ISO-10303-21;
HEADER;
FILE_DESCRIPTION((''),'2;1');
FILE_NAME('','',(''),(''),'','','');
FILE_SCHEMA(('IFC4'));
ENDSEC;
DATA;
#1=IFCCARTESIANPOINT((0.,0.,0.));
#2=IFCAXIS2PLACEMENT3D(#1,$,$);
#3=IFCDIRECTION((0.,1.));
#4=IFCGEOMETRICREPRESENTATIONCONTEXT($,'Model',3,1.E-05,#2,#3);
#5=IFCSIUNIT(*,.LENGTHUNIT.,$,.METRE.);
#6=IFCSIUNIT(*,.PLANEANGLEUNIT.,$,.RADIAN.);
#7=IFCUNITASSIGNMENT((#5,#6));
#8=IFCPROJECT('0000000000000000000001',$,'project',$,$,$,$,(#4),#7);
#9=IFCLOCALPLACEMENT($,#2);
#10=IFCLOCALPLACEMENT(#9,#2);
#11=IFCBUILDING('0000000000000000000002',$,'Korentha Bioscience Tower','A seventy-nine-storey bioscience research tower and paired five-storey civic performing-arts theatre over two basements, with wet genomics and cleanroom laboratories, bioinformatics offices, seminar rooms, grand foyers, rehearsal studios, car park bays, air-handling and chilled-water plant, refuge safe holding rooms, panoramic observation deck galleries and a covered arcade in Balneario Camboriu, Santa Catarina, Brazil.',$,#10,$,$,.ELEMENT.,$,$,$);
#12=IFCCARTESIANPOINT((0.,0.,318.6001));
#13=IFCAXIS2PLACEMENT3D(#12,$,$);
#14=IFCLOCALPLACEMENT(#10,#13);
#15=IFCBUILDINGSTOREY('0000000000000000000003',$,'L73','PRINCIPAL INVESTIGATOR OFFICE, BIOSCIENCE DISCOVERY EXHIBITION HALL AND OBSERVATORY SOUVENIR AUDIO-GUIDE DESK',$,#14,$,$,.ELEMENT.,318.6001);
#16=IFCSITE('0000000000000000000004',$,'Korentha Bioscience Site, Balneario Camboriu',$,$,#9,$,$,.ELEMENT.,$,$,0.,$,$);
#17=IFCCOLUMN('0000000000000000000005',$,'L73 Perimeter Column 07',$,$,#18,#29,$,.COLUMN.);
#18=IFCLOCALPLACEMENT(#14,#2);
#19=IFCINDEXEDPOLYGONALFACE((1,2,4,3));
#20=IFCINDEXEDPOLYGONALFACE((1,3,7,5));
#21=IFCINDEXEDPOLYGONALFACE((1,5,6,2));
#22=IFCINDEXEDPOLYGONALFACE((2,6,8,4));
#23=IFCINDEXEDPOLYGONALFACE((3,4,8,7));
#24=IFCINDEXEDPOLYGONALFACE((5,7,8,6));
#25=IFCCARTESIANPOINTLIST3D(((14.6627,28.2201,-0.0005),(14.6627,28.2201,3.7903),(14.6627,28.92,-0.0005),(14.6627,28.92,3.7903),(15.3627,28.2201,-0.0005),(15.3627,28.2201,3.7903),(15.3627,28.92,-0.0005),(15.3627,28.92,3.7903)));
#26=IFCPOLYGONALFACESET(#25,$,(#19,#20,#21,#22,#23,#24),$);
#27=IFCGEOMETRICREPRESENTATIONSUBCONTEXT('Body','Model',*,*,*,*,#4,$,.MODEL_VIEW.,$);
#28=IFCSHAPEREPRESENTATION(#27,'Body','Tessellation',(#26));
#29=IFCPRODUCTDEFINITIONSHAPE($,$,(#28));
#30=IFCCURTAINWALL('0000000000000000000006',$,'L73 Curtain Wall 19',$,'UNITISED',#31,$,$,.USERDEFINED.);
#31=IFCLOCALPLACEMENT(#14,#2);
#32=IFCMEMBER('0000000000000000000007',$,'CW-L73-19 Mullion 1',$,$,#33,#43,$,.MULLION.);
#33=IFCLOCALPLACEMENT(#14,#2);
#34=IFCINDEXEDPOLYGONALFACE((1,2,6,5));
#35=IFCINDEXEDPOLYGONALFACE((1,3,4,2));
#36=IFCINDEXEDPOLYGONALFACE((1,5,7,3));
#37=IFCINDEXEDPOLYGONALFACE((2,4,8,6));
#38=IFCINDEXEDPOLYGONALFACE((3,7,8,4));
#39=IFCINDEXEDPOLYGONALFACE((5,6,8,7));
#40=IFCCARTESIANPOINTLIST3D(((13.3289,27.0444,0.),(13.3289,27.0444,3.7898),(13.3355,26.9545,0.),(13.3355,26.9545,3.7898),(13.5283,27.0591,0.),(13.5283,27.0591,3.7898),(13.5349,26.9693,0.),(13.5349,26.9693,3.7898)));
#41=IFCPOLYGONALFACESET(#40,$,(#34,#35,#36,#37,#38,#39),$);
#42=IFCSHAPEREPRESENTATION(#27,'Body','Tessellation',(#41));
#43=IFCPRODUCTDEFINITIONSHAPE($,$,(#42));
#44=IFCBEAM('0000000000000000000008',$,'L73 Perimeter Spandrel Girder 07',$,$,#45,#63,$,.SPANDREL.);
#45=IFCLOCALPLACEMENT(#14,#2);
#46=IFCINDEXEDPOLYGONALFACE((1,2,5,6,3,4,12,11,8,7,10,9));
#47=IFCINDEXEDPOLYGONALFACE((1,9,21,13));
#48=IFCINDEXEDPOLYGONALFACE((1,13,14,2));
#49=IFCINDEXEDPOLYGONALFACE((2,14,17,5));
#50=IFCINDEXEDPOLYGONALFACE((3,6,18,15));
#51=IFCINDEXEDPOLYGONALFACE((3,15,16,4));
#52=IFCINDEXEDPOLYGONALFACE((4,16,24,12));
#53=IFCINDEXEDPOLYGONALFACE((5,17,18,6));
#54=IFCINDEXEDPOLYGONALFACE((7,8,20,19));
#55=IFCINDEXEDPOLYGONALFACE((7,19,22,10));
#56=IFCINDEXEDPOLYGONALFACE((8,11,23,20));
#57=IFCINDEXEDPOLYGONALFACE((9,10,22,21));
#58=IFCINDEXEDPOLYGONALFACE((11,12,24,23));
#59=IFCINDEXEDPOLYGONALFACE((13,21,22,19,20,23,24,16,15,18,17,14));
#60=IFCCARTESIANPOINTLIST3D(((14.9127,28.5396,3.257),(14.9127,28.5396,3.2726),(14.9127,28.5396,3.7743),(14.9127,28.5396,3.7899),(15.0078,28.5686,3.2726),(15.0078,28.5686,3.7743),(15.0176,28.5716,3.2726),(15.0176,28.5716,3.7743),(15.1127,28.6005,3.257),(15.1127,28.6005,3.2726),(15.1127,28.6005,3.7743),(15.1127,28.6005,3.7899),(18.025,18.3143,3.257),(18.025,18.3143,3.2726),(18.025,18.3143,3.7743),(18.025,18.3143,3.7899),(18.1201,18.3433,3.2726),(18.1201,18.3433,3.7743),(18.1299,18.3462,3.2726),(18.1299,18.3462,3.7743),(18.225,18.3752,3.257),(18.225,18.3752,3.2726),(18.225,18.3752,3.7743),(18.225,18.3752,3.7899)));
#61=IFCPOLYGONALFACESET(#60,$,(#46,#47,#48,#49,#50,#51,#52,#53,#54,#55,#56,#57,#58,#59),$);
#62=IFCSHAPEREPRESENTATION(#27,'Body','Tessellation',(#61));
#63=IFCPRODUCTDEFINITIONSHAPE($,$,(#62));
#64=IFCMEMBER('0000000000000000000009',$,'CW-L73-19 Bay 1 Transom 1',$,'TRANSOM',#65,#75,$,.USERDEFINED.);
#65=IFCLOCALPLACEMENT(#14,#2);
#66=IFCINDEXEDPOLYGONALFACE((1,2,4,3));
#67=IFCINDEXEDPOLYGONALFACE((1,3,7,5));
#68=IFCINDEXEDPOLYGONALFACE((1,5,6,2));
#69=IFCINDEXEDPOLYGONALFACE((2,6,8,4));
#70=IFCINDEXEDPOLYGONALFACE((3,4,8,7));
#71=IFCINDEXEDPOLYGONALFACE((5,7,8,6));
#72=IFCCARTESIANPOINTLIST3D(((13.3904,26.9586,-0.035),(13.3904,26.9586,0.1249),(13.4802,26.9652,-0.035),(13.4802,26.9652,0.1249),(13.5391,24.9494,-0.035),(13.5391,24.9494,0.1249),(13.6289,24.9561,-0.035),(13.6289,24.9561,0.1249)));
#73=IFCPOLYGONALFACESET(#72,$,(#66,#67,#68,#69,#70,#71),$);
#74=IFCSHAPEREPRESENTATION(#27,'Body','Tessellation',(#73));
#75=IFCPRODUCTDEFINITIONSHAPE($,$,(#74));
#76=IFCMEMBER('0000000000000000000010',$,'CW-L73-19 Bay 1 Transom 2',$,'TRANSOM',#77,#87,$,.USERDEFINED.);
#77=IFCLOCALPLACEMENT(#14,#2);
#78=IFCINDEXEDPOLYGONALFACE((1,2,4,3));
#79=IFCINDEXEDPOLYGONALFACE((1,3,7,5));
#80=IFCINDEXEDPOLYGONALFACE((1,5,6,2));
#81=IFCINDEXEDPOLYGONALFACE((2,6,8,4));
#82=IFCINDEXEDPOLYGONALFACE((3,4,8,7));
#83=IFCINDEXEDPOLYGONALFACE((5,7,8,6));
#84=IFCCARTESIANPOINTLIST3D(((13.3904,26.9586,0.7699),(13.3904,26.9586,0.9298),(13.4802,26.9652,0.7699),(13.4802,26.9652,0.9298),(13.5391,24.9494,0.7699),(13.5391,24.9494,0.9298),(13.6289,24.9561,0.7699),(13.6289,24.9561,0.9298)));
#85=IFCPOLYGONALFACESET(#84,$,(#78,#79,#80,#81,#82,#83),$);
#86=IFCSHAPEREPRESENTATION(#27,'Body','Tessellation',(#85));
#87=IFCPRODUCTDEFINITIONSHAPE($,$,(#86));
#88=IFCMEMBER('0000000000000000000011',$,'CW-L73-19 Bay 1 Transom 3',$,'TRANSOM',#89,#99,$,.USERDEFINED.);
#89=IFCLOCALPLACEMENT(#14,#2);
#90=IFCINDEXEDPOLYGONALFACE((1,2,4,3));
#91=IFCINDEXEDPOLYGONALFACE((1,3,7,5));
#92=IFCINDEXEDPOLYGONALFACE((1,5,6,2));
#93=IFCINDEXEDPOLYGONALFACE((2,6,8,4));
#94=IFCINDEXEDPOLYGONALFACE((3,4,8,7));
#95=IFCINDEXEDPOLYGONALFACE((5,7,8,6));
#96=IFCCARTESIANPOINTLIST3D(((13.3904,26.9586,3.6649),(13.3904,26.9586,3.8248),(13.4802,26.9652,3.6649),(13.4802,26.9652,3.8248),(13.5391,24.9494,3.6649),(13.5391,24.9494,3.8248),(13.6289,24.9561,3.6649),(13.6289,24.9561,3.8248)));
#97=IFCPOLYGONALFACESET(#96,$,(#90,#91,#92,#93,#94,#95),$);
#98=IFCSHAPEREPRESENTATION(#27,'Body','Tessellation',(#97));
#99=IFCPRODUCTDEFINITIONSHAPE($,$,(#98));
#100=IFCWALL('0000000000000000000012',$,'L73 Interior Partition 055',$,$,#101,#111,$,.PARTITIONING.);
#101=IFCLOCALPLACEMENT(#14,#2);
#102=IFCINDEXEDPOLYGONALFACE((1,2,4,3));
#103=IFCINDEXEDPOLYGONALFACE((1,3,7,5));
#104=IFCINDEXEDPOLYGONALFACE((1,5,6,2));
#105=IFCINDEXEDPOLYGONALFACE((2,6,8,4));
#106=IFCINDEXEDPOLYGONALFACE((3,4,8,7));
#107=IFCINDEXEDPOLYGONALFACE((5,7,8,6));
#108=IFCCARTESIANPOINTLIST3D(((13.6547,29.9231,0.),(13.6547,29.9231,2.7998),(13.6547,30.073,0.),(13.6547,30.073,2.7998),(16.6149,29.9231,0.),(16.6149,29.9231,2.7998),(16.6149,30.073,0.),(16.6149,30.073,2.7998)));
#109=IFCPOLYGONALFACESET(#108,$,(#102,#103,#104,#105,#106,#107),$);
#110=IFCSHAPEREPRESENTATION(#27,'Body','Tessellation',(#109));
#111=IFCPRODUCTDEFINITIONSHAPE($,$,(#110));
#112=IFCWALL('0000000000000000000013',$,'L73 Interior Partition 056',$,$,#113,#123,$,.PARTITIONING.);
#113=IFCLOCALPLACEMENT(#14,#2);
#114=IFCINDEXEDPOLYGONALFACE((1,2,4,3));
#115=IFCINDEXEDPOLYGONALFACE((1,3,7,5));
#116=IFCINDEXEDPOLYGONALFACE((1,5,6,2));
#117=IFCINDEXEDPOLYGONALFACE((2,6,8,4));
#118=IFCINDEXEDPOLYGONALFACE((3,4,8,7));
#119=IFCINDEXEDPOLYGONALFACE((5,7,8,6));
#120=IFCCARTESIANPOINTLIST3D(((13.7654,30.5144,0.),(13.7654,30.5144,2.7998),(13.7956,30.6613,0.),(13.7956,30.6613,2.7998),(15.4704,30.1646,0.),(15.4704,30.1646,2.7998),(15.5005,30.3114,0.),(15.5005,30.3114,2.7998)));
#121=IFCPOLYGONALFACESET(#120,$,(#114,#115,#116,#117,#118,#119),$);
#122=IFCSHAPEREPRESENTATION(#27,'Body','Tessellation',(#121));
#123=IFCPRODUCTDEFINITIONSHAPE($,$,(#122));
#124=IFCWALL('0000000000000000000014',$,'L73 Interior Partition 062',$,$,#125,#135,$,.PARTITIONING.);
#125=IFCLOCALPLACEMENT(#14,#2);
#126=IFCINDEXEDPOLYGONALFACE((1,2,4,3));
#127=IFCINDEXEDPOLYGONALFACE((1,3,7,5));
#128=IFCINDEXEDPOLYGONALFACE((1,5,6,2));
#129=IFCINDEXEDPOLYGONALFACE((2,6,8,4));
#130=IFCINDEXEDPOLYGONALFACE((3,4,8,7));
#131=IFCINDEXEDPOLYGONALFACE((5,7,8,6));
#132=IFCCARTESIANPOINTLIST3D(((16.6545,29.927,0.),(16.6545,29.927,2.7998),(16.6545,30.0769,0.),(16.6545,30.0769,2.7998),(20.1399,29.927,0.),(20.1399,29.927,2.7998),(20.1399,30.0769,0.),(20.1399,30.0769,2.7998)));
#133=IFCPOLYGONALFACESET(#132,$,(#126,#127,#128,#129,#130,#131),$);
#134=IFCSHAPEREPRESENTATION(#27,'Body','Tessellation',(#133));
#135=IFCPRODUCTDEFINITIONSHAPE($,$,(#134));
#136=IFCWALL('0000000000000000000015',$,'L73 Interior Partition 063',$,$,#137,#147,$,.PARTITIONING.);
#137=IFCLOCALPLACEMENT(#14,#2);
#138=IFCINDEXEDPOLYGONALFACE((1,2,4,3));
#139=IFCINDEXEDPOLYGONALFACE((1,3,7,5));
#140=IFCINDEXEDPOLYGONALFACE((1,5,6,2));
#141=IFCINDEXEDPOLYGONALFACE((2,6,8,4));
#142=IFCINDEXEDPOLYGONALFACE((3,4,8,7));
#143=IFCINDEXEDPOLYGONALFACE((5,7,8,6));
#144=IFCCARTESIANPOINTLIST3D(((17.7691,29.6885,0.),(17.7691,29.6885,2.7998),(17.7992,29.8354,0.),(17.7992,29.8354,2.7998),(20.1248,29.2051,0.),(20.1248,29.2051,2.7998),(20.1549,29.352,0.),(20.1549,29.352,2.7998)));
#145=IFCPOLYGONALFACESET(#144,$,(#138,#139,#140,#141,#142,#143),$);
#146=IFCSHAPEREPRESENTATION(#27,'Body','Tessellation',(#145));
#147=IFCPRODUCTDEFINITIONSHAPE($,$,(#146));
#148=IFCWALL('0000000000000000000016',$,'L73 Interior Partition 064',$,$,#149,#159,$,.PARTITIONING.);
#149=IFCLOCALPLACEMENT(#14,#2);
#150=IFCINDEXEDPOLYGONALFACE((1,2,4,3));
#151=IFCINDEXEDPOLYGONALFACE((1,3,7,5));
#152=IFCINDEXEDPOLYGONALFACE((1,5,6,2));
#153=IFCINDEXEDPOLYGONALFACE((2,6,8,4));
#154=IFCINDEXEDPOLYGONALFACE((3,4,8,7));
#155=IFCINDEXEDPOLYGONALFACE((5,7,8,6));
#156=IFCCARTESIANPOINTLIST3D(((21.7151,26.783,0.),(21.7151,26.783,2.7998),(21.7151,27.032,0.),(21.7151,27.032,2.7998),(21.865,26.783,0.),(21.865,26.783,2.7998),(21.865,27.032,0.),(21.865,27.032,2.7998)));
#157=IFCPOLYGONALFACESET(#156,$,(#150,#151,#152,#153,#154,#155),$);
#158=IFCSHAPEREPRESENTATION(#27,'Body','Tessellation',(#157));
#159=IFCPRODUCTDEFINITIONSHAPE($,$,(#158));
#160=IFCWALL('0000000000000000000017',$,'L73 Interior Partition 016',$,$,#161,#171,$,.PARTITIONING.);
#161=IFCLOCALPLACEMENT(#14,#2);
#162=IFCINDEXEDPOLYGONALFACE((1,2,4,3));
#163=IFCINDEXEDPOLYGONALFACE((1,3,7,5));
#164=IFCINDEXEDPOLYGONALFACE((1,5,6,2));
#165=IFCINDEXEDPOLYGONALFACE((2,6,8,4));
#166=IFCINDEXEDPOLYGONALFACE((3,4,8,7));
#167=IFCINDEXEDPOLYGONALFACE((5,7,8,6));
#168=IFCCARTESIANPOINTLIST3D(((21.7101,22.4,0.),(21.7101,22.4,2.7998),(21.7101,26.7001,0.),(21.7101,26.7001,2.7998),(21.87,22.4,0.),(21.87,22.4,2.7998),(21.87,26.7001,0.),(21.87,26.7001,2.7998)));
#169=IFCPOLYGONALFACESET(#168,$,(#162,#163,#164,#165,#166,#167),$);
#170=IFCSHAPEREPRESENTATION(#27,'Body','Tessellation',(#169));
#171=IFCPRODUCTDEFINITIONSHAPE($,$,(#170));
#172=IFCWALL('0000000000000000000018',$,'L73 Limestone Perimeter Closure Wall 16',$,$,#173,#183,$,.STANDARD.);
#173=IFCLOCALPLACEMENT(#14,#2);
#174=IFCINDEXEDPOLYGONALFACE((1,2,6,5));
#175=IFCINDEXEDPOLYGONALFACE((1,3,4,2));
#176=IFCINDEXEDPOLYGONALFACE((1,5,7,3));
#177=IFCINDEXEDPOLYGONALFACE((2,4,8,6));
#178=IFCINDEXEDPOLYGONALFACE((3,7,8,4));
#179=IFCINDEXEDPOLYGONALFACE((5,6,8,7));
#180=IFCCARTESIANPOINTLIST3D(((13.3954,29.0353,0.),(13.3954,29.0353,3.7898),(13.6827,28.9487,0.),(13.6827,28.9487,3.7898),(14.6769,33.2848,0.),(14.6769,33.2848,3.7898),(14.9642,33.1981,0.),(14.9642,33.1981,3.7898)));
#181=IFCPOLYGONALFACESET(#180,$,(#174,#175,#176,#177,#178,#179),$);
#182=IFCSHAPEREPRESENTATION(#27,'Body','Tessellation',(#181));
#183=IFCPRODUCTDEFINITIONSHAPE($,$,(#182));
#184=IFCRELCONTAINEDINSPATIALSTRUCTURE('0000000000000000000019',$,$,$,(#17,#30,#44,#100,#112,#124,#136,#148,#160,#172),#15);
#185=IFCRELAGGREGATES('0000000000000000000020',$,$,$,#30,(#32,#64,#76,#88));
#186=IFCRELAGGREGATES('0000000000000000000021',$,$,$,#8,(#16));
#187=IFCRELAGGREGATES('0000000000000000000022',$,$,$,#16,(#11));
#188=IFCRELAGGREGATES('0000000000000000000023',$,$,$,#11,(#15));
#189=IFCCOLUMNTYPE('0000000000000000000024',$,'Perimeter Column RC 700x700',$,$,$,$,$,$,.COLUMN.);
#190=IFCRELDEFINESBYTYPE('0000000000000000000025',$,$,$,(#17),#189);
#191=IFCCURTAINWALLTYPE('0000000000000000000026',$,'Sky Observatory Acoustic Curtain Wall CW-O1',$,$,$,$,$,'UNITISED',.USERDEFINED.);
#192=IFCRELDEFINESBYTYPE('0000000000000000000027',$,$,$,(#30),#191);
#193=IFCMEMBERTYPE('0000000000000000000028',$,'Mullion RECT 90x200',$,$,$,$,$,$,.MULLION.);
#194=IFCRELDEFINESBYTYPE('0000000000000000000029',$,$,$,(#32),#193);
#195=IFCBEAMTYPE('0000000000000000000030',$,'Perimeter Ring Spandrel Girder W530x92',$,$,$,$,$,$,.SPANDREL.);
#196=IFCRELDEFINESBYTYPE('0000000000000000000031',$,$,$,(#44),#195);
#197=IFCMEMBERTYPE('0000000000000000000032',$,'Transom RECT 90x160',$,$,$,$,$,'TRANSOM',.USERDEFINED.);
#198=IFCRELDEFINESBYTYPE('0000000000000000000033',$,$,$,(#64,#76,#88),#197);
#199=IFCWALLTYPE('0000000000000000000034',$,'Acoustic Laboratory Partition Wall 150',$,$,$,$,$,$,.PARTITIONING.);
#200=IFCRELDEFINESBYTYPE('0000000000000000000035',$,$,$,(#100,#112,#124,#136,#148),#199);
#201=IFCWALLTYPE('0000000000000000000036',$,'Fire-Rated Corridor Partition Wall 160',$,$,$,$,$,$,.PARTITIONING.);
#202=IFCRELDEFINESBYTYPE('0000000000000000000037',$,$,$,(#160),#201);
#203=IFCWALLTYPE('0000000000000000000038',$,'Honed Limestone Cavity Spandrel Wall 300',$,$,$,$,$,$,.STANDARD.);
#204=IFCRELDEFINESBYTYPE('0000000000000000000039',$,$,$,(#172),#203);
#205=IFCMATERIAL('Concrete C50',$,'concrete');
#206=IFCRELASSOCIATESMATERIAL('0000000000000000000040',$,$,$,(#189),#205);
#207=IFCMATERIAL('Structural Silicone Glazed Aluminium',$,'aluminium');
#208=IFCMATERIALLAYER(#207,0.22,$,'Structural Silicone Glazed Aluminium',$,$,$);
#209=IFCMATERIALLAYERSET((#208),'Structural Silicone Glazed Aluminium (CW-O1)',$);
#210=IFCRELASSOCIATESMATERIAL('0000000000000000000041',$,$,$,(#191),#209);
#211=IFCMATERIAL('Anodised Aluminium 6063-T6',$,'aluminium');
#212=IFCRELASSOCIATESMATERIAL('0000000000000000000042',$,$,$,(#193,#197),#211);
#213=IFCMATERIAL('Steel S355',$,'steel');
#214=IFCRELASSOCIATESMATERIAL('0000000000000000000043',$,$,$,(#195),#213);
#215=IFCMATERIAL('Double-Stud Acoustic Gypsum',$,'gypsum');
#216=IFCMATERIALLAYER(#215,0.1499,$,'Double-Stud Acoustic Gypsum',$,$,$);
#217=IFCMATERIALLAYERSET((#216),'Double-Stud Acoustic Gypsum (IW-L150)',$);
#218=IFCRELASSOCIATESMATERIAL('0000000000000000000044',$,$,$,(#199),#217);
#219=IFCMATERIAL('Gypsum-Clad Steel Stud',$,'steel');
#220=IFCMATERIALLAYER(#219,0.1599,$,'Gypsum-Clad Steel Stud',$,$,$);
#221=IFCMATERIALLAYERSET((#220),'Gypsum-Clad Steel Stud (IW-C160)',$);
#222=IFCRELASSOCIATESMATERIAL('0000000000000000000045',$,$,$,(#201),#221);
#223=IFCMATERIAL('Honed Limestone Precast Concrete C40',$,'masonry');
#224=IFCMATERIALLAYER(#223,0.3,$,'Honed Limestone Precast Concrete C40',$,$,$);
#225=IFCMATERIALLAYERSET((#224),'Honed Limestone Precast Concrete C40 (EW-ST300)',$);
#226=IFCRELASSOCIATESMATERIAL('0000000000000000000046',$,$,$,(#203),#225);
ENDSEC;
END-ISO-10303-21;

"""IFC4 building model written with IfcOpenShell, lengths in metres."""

from ifc_helpers import new_model, si_unit, direction, frame, frame_2d, origin, origin_2d, place, context, subcontext, project, spatial, rectangle, i_section, extrude, material, layer, layer_set, material_profile, profile_set, type_object, element, aggregate, save


model = new_model("IFC4")

# Units and contexts
model_context = context("Model", 3, precision=1e-05, world=origin(), true_north=direction((0.0, 1.0)))
body_context = subcontext(model_context, "Body", "Model", "MODEL_VIEW")
ifc_project = project(units=[si_unit("LENGTHUNIT", "METRE"), si_unit("PLANEANGLEUNIT", "RADIAN")], contexts=[model_context])

# Site, building, storey
site_placement = place(None, origin())
site = spatial("IfcSite", under=ifc_project, at=site_placement, Name="Korentha Bioscience Site, Balneario Camboriu", CompositionType="ELEMENT", RefElevation=0.0)
building_placement = place(site_placement, origin())
building = spatial("IfcBuilding", under=site, at=building_placement, Name="Korentha Bioscience Tower", Description="A seventy-nine-storey bioscience research tower and paired five-storey civic performing-arts theatre over two basements, with wet genomics and cleanroom laboratories, bioinformatics offices, seminar rooms, grand foyers, rehearsal studios, car park bays, air-handling and chilled-water plant, refuge safe holding rooms, panoramic observation deck galleries and a covered arcade in Balneario Camboriu, Santa Catarina, Brazil.", CompositionType="ELEMENT")
storey_placement = place(building_placement, frame((0.0, 0.0, 318.6001)))
storey = spatial("IfcBuildingStorey", under=building, at=storey_placement, Name="L73", Description="PRINCIPAL INVESTIGATOR OFFICE, BIOSCIENCE DISCOVERY EXHIBITION HALL AND OBSERVATORY SOUVENIR AUDIO-GUIDE DESK", CompositionType="ELEMENT", Elevation=318.6001)

# Column
ifc_material_1 = material(Name="Concrete C50", Category="concrete")
ifc_material_profile_1 = material_profile(ifc_material_1, rectangle(XDim=0.7, YDim=0.7, at=origin_2d()), Name="Concrete C50")
ifc_profile_set_1 = profile_set([ifc_material_profile_1], Name="Concrete C50 (COL-P07)")
column_type = type_object("IfcColumnType", Name="Perimeter Column RC 700x700", PredefinedType="COLUMN", material=ifc_profile_set_1)
column_placement = place(storey_placement, frame((15.0127, 28.5701, -0.0005), z_axis=(0.0, 0.0, 1.0), x_axis=(0.0, 1.0, 0.0)))
element("IfcColumn", 1, at=column_placement, inside=storey, type_object=column_type, Name="L73 Perimeter Column 07", PredefinedType="COLUMN", context=body_context, shape_type="SweptSolid", body=[
    extrude(rectangle(XDim=0.7, YDim=0.7, at=origin_2d()), origin(), (0.0, 0.0, 1.0), 3.7908),
])

# Curtain wall, member
ifc_material_2 = material(Name="Structural Silicone Glazed Aluminium", Category="aluminium")
ifc_layer_1 = layer(ifc_material_2, 0.22, Name="Structural Silicone Glazed Aluminium")
ifc_layer_set_1 = layer_set([ifc_layer_1], Name="Structural Silicone Glazed Aluminium (CW-O1)")
curtain_wall_type = type_object("IfcCurtainWallType", Name="Sky Observatory Acoustic Curtain Wall CW-O1", ElementType="UNITISED", PredefinedType="USERDEFINED", material=ifc_layer_set_1)
curtain_wall_placement = place(storey_placement, origin())
curtain_wall = element("IfcCurtainWall", 2, at=curtain_wall_placement, inside=storey, type_object=curtain_wall_type, Name="L73 Curtain Wall 19", ObjectType="UNITISED", PredefinedType="USERDEFINED")
ifc_material_3 = material(Name="Anodised Aluminium 6063-T6", Category="aluminium")
ifc_material_profile_2 = material_profile(ifc_material_3, rectangle(XDim=0.0901, YDim=0.2, at=origin_2d()), Name="Anodised Aluminium 6063-T6")
ifc_profile_set_2 = profile_set([ifc_material_profile_2], Name="Anodised Aluminium 6063-T6 (CW-MUL)")
member_type_1 = type_object("IfcMemberType", Name="Mullion RECT 90x200", PredefinedType="MULLION", material=ifc_profile_set_2)
member_1_placement = place(storey_placement, frame((13.4319, 27.0068, 0.0), z_axis=(0.0, 0.0, 1.0), x_axis=(0.07386, -0.997269, 0.0)))
member_1 = element("IfcMember", 3, at=member_1_placement, type_object=member_type_1, Name="CW-L73-19 Mullion 1", PredefinedType="MULLION", context=body_context, shape_type="SweptSolid", body=[
    extrude(rectangle(XDim=0.0901, YDim=0.2, at=origin_2d()), origin(), (0.0, 0.0, 1.0), 3.7898),
])

# Beam
ifc_material_4 = material(Name="Steel S355", Category="steel")
ifc_material_profile_3 = material_profile(ifc_material_4, i_section(OverallWidth=0.209, OverallDepth=0.533, WebThickness=0.0103, FlangeThickness=0.0156, at=origin_2d()), Name="Steel S355")
ifc_profile_set_3 = profile_set([ifc_material_profile_3], Name="Steel S355 (SB-530)")
beam_type = type_object("IfcBeamType", Name="Perimeter Ring Spandrel Girder W530x92", PredefinedType="SPANDREL", material=ifc_profile_set_3)
beam_placement = place(storey_placement, frame((15.0127, 28.5701, 3.5234), z_axis=(0.291183, -0.956668, 0.0), x_axis=(0.956668, 0.291183, 0.0)))
element("IfcBeam", 4, at=beam_placement, inside=storey, type_object=beam_type, Name="L73 Perimeter Spandrel Girder 07", PredefinedType="SPANDREL", context=body_context, shape_type="SweptSolid", body=[
    extrude(i_section(OverallWidth=0.209, OverallDepth=0.533, WebThickness=0.0103, FlangeThickness=0.0156, at=origin_2d()), origin(), (0.0, 0.0, 1.0), 10.6885),
])

# Members
ifc_material_profile_4 = material_profile(ifc_material_3, rectangle(XDim=0.0901, YDim=0.1599, at=origin_2d()), Name="Anodised Aluminium 6063-T6")
ifc_profile_set_4 = profile_set([ifc_material_profile_4], Name="Anodised Aluminium 6063-T6 (CW-TRN)")
member_type_2 = type_object("IfcMemberType", Name="Transom RECT 90x160", ElementType="TRANSOM", PredefinedType="USERDEFINED", material=ifc_profile_set_4)
member_2_placement = place(storey_placement, frame((13.4353, 26.9619, 0.0449), z_axis=(0.073805, -0.997273, 0.0), x_axis=(0.997273, 0.073805, 0.0)))
member_2 = element("IfcMember", 5, at=member_2_placement, type_object=member_type_2, Name="CW-L73-19 Bay 1 Transom 1", ObjectType="TRANSOM", PredefinedType="USERDEFINED", context=body_context, shape_type="SweptSolid", body=[
    extrude(rectangle(XDim=0.0901, YDim=0.1599, at=origin_2d()), origin(), (0.0, 0.0, 1.0), 2.0146),
])
member_3_placement = place(storey_placement, frame((13.4353, 26.9619, 0.8499), z_axis=(0.073805, -0.997273, 0.0), x_axis=(0.997273, 0.073805, 0.0)))
member_3 = element("IfcMember", 6, at=member_3_placement, type_object=member_type_2, Name="CW-L73-19 Bay 1 Transom 2", ObjectType="TRANSOM", PredefinedType="USERDEFINED", context=body_context, shape_type="SweptSolid", body=[
    extrude(rectangle(XDim=0.0901, YDim=0.1599, at=origin_2d()), origin(), (0.0, 0.0, 1.0), 2.0146),
])
member_4_placement = place(storey_placement, frame((13.4353, 26.9619, 3.7449), z_axis=(0.073805, -0.997273, 0.0), x_axis=(0.997273, 0.073805, 0.0)))
member_4 = element("IfcMember", 7, at=member_4_placement, type_object=member_type_2, Name="CW-L73-19 Bay 1 Transom 3", ObjectType="TRANSOM", PredefinedType="USERDEFINED", context=body_context, shape_type="SweptSolid", body=[
    extrude(rectangle(XDim=0.0901, YDim=0.1599, at=origin_2d()), origin(), (0.0, 0.0, 1.0), 2.0146),
])
aggregate(curtain_wall, [member_1, member_2, member_3, member_4])

# Shared definitions
ifc_material_5 = material(Name="Double-Stud Acoustic Gypsum", Category="gypsum")
ifc_layer_2 = layer(ifc_material_5, 0.1499, Name="Double-Stud Acoustic Gypsum")
ifc_layer_set_2 = layer_set([ifc_layer_2], Name="Double-Stud Acoustic Gypsum (IW-L150)")
wall_type_1 = type_object("IfcWallType", Name="Acoustic Laboratory Partition Wall 150", PredefinedType="PARTITIONING", material=ifc_layer_set_2)

# Walls
wall_1_placement = place(storey_placement, frame((13.6548, 29.998, 0.0), z_axis=(0.0, 0.0, 1.0), x_axis=(1.0, 0.0, 0.0)))
element("IfcWall", 8, at=wall_1_placement, inside=storey, type_object=wall_type_1, Name="L73 Interior Partition 055", PredefinedType="PARTITIONING", context=body_context, shape_type="SweptSolid", body=[
    extrude(rectangle(XDim=2.9602, YDim=0.1499, at=frame_2d((1.48, 0.0))), origin(), (0.0, 0.0, 1.0), 2.7998),
])
wall_2_placement = place(storey_placement, frame((15.4854, 30.238, 0.0), z_axis=(0.0, 0.0, 1.0), x_axis=(-0.979592, 0.200996, 0.0)))
element("IfcWall", 9, at=wall_2_placement, inside=storey, type_object=wall_type_1, Name="L73 Interior Partition 056", PredefinedType="PARTITIONING", context=body_context, shape_type="SweptSolid", body=[
    extrude(rectangle(XDim=1.7405, YDim=0.1499, at=frame_2d((0.8701, 0.0))), origin(), (0.0, 0.0, 1.0), 2.7998),
])
wall_3_placement = place(storey_placement, frame((20.1399, 30.002, 0.0), z_axis=(0.0, 0.0, 1.0), x_axis=(-1.0, 0.0, 0.0)))
element("IfcWall", 10, at=wall_3_placement, inside=storey, type_object=wall_type_1, Name="L73 Interior Partition 062", PredefinedType="PARTITIONING", context=body_context, shape_type="SweptSolid", body=[
    extrude(rectangle(XDim=3.4854, YDim=0.1499, at=frame_2d((1.7427, 0.0))), origin(), (0.0, 0.0, 1.0), 2.7998),
])
wall_4_placement = place(storey_placement, frame((17.7842, 29.762, 0.0), z_axis=(0.0, 0.0, 1.0), x_axis=(0.979588, -0.201014, 0.0)))
element("IfcWall", 11, at=wall_4_placement, inside=storey, type_object=wall_type_1, Name="L73 Interior Partition 063", PredefinedType="PARTITIONING", context=body_context, shape_type="SweptSolid", body=[
    extrude(rectangle(XDim=2.4048, YDim=0.1499, at=frame_2d((1.2024, 0.0))), origin(), (0.0, 0.0, 1.0), 2.7998),
])
wall_5_placement = place(storey_placement, frame((21.79, 27.032, 0.0), z_axis=(0.0, 0.0, 1.0), x_axis=(0.0, -1.0, 0.0)))
element("IfcWall", 12, at=wall_5_placement, inside=storey, type_object=wall_type_1, Name="L73 Interior Partition 064", PredefinedType="PARTITIONING", context=body_context, shape_type="SweptSolid", body=[
    extrude(rectangle(XDim=0.249, YDim=0.1499, at=frame_2d((0.1245, 0.0))), origin(), (0.0, 0.0, 1.0), 2.7998),
])
ifc_material_6 = material(Name="Gypsum-Clad Steel Stud", Category="steel")
ifc_layer_3 = layer(ifc_material_6, 0.1599, Name="Gypsum-Clad Steel Stud")
ifc_layer_set_3 = layer_set([ifc_layer_3], Name="Gypsum-Clad Steel Stud (IW-C160)")
wall_type_2 = type_object("IfcWallType", Name="Fire-Rated Corridor Partition Wall 160", PredefinedType="PARTITIONING", material=ifc_layer_set_3)
wall_6_placement = place(storey_placement, frame((21.79, 26.7, 0.0), z_axis=(0.0, 0.0, 1.0), x_axis=(0.0, -1.0, 0.0)))
element("IfcWall", 13, at=wall_6_placement, inside=storey, type_object=wall_type_2, Name="L73 Interior Partition 016", PredefinedType="PARTITIONING", context=body_context, shape_type="SweptSolid", body=[
    extrude(rectangle(XDim=4.3, YDim=0.1599, at=frame_2d((2.1499, 0.0))), origin(), (0.0, 0.0, 1.0), 2.7998),
])
ifc_material_7 = material(Name="Honed Limestone Precast Concrete C40", Category="masonry")
ifc_layer_4 = layer(ifc_material_7, 0.3, Name="Honed Limestone Precast Concrete C40")
ifc_layer_set_4 = layer_set([ifc_layer_4], Name="Honed Limestone Precast Concrete C40 (EW-ST300)")
wall_type_3 = type_object("IfcWallType", Name="Honed Limestone Cavity Spandrel Wall 300", PredefinedType="STANDARD", material=ifc_layer_set_4)
wall_7_placement = place(storey_placement, frame((14.8206, 33.2415, 0.0), z_axis=(0.0, 0.0, 1.0), x_axis=(-0.28872, -0.957414, 0.0)))
element("IfcWall", 14, at=wall_7_placement, inside=storey, type_object=wall_type_3, Name="L73 Limestone Perimeter Closure Wall 16", PredefinedType="STANDARD", context=body_context, shape_type="SweptSolid", body=[
    extrude(rectangle(XDim=4.4385, YDim=0.3, at=frame_2d((2.2192, 0.0))), origin(), (0.0, 0.0, 1.0), 3.7898),
])

save(model, "model.ifc")
